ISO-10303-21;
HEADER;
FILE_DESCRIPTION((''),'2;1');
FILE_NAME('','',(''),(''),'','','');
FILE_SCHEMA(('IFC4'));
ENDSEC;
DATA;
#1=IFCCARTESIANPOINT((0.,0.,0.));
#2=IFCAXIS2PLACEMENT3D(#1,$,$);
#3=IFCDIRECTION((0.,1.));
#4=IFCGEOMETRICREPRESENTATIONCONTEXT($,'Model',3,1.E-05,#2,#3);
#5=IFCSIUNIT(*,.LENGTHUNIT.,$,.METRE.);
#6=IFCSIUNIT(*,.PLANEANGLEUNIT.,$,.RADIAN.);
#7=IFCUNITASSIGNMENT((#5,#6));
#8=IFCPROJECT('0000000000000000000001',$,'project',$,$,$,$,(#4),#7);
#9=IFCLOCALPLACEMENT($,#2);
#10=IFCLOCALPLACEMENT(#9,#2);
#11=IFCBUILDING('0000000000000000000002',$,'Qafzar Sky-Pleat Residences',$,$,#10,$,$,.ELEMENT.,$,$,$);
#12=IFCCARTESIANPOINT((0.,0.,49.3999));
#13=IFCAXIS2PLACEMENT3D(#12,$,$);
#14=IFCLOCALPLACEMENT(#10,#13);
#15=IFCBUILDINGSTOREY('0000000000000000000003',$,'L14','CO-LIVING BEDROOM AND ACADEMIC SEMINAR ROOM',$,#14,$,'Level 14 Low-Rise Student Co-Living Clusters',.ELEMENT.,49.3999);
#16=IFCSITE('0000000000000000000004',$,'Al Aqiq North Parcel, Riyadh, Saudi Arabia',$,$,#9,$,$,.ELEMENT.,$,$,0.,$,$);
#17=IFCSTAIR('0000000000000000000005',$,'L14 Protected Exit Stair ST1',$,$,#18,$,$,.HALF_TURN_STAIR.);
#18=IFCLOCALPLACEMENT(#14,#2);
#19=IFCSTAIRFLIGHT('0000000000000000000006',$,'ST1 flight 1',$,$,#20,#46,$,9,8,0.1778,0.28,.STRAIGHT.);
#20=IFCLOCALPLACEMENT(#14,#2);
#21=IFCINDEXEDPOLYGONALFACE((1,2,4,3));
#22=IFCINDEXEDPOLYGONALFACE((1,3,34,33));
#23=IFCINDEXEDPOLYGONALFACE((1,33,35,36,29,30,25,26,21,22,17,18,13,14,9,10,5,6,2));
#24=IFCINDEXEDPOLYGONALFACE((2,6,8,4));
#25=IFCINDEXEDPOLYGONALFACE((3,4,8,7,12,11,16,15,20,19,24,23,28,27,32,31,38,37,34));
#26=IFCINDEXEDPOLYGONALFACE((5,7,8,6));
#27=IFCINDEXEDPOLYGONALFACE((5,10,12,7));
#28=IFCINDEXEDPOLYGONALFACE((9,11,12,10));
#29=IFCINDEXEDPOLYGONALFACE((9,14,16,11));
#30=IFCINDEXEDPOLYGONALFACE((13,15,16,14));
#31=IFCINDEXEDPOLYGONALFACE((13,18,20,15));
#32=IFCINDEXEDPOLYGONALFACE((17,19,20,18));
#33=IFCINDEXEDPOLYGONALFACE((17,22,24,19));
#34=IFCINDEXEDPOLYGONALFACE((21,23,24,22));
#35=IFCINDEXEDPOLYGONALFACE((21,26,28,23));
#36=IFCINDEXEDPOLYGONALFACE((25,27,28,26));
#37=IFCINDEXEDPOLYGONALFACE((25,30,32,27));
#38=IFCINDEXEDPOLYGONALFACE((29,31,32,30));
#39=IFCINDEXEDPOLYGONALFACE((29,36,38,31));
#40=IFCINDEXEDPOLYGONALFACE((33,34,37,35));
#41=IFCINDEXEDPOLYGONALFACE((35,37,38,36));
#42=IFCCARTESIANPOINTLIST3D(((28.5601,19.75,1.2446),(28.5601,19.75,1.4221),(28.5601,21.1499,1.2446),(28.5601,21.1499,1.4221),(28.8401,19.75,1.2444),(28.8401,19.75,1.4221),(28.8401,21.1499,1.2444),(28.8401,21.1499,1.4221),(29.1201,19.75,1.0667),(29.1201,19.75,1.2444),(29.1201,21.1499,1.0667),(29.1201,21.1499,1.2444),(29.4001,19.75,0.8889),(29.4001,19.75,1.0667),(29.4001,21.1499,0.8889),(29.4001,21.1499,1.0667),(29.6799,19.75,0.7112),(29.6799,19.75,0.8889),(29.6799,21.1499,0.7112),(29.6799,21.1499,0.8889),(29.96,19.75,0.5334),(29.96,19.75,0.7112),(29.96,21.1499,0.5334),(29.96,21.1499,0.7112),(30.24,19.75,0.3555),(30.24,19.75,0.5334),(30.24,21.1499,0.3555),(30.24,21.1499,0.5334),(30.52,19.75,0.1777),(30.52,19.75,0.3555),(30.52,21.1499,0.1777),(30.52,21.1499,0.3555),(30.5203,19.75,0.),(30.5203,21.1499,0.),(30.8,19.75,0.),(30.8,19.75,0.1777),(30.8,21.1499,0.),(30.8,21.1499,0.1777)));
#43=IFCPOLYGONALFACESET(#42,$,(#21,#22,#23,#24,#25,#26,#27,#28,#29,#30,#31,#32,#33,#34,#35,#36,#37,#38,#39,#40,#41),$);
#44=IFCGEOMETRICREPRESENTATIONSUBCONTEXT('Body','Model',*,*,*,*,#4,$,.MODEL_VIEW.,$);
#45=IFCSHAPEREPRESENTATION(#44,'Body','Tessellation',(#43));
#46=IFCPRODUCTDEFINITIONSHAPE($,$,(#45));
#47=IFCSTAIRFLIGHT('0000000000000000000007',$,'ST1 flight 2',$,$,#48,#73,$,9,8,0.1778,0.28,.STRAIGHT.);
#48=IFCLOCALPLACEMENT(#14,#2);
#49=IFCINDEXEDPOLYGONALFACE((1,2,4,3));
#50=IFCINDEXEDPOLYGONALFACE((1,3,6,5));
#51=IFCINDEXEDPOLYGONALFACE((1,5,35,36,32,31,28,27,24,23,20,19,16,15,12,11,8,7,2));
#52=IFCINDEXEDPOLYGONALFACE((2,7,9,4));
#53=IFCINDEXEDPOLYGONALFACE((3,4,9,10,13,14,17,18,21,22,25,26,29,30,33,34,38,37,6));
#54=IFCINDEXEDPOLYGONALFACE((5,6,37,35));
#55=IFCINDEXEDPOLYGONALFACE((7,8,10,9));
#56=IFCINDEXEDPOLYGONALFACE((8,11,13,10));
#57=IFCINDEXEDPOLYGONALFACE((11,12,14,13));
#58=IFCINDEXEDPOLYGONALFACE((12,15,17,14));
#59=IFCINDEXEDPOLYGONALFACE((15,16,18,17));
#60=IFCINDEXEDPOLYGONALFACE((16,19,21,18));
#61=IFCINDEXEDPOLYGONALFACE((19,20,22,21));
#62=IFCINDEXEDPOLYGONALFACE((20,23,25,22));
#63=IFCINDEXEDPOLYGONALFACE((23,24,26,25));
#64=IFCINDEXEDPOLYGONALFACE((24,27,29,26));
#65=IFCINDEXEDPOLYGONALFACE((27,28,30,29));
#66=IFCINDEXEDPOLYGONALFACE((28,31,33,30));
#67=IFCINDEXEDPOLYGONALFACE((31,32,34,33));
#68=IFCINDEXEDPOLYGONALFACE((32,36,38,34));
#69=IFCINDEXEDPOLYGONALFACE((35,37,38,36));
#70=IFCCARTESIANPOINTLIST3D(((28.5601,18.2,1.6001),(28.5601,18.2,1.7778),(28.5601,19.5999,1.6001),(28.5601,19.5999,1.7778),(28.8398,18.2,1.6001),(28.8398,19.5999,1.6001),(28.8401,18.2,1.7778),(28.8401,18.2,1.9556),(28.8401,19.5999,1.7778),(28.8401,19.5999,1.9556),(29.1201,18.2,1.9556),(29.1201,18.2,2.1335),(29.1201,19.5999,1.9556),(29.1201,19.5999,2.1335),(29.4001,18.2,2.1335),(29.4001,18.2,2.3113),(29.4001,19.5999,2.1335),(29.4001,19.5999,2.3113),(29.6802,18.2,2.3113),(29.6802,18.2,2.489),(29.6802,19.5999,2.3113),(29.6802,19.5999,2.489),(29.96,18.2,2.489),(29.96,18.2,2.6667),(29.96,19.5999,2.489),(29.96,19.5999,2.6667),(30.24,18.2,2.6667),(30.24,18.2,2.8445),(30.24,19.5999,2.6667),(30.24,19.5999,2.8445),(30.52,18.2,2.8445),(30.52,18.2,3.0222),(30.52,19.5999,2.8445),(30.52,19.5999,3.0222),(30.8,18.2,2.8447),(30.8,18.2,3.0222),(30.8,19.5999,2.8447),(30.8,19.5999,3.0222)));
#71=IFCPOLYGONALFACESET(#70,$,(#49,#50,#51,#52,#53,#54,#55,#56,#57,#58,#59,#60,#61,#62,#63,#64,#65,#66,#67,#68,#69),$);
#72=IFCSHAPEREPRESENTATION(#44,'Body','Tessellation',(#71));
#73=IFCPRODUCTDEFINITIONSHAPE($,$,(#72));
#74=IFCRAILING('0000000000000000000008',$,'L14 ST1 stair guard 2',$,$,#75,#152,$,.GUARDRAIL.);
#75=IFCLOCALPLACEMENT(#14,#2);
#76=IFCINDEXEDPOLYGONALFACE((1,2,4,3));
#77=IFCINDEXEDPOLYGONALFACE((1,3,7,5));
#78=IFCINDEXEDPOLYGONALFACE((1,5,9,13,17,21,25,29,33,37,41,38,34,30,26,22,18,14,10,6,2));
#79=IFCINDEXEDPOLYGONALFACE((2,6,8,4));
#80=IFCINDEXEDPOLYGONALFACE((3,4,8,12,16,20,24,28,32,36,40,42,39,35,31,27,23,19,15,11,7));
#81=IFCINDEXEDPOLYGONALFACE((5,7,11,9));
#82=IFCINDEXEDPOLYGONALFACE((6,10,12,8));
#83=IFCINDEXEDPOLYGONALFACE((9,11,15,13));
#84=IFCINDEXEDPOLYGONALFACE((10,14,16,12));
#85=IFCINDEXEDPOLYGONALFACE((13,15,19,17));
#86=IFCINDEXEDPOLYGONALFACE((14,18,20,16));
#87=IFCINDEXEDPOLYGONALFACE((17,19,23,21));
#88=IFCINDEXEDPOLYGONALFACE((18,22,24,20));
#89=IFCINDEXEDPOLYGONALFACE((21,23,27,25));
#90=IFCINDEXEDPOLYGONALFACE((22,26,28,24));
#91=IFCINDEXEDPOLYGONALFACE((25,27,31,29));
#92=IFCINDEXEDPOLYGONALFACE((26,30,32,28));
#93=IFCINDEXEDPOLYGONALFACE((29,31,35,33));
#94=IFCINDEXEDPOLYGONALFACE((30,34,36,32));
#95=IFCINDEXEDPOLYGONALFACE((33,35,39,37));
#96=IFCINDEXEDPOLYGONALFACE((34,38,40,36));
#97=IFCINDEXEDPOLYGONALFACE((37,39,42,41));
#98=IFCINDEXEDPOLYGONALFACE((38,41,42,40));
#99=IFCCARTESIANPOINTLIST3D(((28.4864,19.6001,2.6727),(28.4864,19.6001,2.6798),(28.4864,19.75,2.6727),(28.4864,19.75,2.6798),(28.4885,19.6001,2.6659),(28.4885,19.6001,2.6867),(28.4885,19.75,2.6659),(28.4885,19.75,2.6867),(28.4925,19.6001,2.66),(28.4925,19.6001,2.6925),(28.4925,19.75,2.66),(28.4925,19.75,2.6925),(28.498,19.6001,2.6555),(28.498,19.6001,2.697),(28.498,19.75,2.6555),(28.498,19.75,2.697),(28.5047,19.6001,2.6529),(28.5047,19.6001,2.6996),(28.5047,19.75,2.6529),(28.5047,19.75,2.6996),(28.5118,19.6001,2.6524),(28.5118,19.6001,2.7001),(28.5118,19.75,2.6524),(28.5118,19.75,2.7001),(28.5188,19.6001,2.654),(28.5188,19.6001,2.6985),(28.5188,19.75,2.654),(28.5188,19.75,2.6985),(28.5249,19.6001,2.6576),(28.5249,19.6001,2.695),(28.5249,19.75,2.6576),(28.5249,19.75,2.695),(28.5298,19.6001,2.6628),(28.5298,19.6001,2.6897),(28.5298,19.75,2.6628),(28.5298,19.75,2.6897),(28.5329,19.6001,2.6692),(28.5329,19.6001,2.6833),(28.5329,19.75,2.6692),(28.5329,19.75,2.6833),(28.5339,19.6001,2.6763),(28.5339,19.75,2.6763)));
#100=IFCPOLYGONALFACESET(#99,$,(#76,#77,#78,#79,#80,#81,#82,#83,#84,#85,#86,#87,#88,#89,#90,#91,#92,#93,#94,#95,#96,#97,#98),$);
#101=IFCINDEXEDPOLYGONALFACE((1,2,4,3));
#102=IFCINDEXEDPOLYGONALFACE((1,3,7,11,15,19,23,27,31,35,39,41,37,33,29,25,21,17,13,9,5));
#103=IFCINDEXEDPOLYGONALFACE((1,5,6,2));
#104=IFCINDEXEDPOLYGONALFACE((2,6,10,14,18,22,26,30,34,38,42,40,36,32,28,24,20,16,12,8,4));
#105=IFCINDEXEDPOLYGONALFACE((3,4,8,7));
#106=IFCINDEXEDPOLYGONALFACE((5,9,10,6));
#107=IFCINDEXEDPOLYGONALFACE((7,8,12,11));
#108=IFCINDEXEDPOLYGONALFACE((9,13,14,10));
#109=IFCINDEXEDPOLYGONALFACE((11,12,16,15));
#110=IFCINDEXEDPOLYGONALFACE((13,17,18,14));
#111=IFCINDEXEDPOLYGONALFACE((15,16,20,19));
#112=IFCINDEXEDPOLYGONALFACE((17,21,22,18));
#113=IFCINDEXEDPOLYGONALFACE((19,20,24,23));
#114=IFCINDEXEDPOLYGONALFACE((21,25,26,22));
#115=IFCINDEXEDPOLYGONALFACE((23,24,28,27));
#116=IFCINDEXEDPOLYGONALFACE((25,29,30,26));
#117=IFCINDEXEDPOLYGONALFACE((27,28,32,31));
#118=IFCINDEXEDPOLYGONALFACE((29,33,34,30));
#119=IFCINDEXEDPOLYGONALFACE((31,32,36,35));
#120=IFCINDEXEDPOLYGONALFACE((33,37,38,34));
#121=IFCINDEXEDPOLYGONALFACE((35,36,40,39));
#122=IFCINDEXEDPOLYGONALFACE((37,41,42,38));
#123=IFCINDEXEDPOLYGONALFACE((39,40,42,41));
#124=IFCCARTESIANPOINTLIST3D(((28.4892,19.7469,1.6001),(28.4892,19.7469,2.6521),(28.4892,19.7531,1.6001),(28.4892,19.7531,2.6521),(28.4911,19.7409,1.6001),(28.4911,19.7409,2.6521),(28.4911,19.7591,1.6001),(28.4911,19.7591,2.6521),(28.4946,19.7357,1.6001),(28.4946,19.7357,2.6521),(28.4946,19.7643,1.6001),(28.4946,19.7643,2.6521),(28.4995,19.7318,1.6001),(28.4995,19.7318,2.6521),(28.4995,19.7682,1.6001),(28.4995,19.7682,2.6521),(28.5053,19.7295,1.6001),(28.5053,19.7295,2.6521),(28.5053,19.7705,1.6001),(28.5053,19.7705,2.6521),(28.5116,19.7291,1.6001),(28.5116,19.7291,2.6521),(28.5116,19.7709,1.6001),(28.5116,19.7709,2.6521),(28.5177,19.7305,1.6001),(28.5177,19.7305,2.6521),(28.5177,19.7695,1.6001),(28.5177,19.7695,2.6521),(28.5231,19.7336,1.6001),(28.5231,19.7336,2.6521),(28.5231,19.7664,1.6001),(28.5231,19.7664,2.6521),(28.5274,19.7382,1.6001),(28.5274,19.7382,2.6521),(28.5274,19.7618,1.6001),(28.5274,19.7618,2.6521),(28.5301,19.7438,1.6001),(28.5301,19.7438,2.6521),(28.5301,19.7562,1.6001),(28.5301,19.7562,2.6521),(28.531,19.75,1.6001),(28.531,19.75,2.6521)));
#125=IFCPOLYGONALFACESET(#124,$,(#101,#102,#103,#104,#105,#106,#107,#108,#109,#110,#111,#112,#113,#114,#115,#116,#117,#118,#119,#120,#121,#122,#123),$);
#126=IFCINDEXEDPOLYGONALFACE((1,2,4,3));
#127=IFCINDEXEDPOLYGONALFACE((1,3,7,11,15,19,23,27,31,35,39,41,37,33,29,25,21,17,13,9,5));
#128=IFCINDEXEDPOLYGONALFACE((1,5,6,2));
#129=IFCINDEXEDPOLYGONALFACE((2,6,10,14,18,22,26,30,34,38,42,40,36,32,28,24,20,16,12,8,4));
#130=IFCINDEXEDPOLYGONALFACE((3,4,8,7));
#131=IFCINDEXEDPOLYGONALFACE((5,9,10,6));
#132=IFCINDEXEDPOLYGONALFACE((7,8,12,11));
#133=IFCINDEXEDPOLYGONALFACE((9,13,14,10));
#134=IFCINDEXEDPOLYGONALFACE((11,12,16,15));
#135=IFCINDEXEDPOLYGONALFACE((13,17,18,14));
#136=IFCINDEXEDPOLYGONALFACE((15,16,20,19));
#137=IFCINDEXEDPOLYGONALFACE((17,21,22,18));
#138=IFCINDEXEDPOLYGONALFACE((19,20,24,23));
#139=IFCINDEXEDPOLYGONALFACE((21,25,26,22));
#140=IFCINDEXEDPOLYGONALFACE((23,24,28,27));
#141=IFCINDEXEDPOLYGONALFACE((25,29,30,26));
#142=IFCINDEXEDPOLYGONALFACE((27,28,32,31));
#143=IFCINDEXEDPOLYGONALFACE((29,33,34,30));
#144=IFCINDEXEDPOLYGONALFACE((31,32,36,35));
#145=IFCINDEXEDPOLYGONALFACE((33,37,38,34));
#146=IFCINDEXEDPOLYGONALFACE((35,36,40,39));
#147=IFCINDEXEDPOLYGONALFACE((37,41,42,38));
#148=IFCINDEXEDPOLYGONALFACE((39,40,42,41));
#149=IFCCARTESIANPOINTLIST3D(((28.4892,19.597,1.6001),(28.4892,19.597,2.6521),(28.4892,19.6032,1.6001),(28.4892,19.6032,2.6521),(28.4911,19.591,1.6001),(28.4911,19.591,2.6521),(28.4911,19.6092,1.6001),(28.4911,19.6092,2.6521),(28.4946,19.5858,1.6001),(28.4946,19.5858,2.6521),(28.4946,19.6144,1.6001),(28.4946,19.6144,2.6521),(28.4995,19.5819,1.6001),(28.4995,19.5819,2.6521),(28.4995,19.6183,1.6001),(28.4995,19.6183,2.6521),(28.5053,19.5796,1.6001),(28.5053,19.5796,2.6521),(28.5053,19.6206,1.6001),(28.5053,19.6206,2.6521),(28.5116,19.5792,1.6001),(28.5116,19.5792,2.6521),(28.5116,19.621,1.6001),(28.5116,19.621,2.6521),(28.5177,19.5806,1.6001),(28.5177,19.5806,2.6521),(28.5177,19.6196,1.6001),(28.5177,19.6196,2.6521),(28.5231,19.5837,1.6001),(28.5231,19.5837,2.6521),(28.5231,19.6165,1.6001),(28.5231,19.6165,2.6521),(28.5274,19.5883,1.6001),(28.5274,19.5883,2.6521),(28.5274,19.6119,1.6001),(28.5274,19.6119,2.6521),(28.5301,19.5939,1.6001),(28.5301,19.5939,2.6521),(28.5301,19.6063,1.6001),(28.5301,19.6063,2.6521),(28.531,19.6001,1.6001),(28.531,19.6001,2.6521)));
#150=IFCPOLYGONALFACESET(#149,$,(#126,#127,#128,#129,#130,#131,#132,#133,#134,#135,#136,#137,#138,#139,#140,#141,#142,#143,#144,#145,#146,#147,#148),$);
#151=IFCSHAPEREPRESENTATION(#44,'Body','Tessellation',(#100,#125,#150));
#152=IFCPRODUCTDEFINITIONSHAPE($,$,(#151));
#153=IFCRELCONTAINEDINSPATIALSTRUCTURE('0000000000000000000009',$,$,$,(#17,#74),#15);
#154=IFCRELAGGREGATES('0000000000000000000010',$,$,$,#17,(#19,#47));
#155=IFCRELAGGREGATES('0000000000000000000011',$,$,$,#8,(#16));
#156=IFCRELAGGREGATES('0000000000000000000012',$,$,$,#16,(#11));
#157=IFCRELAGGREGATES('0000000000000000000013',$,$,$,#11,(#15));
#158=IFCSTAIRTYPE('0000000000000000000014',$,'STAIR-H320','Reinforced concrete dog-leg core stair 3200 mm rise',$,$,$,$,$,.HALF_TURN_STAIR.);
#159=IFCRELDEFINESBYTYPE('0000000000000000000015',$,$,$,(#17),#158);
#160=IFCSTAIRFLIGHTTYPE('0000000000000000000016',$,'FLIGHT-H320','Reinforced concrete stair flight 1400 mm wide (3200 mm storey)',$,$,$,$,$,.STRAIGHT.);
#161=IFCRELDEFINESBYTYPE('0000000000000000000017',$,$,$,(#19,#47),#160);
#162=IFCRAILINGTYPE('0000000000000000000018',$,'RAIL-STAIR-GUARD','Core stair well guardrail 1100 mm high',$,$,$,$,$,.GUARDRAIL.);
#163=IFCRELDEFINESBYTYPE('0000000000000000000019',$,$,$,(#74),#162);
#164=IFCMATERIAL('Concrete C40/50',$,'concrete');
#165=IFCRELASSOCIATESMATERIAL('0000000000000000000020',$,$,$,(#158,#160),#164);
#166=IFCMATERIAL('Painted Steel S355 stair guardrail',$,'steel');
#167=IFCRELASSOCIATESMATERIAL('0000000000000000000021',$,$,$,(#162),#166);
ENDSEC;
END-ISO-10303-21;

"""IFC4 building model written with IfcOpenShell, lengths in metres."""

from ifc_helpers import new_model, si_unit, direction, frame, origin, origin_2d, place, context, subcontext, project, spatial, polyline, circle, outline, extrude, source, transform, mapped, material, type_object, element, aggregate, save


model = new_model("IFC4")

# Units and contexts
model_context = context("Model", 3, precision=1e-05, world=origin(), true_north=direction((0.0, 1.0)))
body_context = subcontext(model_context, "Body", "Model", "MODEL_VIEW")
ifc_project = project(units=[si_unit("LENGTHUNIT", "METRE"), si_unit("PLANEANGLEUNIT", "RADIAN")], contexts=[model_context])

# Site, building, storey
site_placement = place(None, origin())
site = spatial("IfcSite", under=ifc_project, at=site_placement, Name="Al Aqiq North Parcel, Riyadh, Saudi Arabia", CompositionType="ELEMENT", RefElevation=0.0)
building_placement = place(site_placement, origin())
building = spatial("IfcBuilding", under=site, at=building_placement, Name="Qafzar Sky-Pleat Residences", CompositionType="ELEMENT")
storey_placement = place(building_placement, frame((0.0, 0.0, 49.3999)))
storey = spatial("IfcBuildingStorey", under=building, at=storey_placement, Name="L14", Description="CO-LIVING BEDROOM AND ACADEMIC SEMINAR ROOM", LongName="Level 14 Low-Rise Student Co-Living Clusters", CompositionType="ELEMENT", Elevation=49.3999)

# Stair, stair flights
ifc_material_1 = material(Name="Concrete C40/50", Category="concrete")
stair_type = type_object("IfcStairType", Name="STAIR-H320", Description="Reinforced concrete dog-leg core stair 3200 mm rise", PredefinedType="HALF_TURN_STAIR", material=ifc_material_1)
stair_placement = place(storey_placement, origin())
stair = element("IfcStair", 1, at=stair_placement, inside=storey, type_object=stair_type, Name="L14 Protected Exit Stair ST1", PredefinedType="HALF_TURN_STAIR")
stair_flight_type = type_object("IfcStairFlightType", Name="FLIGHT-H320", Description="Reinforced concrete stair flight 1400 mm wide (3200 mm storey)", PredefinedType="STRAIGHT", material=ifc_material_1)
shared_shape_1 = source(origin(), body_context, "Body", "SweptSolid", [
    extrude(outline(polyline([(0.0, 0.0), (0.0, 0.1777), (0.28, 0.1777), (0.28, 0.3555), (0.5601, 0.3555), (0.5601, 0.5334), (0.8401, 0.5334), (0.8401, 0.7112), (1.1201, 0.7112), (1.1201, 0.8889), (1.3999, 0.8889), (1.3999, 1.0667), (1.6799, 1.0667), (1.6799, 1.2444), (1.96, 1.2444), (1.96, 1.4221), (2.24, 1.4221), (2.24, 1.6001), (2.24, 1.2446), (0.2798, 0.0), (0.0, 0.0)])), frame((0.0, 0.7, 0.0), z_axis=(0.0, -1.0, 0.0), x_axis=(1.0, 0.0, 0.0)), (0.0, 0.0, 1.0), 1.3999),
])
stair_flight_1_placement = place(storey_placement, frame((30.8, 20.45, 0.0), z_axis=(0.0, 0.0, 1.0), x_axis=(-1.0, 0.0, 0.0)))
stair_flight_1 = element("IfcStairFlight", 2, at=stair_flight_1_placement, type_object=stair_flight_type, Name="ST1 flight 1", NumberOfRisers=9, NumberOfTreads=8, PredefinedType="STRAIGHT", RiserHeight=0.1778, TreadLength=0.28, context=body_context, shape_type="MappedRepresentation", body=[
    mapped(shared_shape_1, transform((0.0, 0.0, 0.0), x_axis=(1.0, 0.0, 0.0), y_axis=(0.0, 1.0, 0.0), z_axis=(0.0, 0.0, 1.0), scale=1.0)),
])
stair_flight_2_placement = place(storey_placement, frame((28.5601, 18.8999, 1.6001), z_axis=(0.0, 0.0, 1.0), x_axis=(1.0, 0.0, 0.0)))
stair_flight_2 = element("IfcStairFlight", 3, at=stair_flight_2_placement, type_object=stair_flight_type, Name="ST1 flight 2", NumberOfRisers=9, NumberOfTreads=8, PredefinedType="STRAIGHT", RiserHeight=0.1778, TreadLength=0.28, context=body_context, shape_type="MappedRepresentation", body=[
    mapped(shared_shape_1, transform((0.0, 0.0, 0.0), x_axis=(1.0, 0.0, 0.0), y_axis=(0.0, 1.0, 0.0), z_axis=(0.0, 0.0, 1.0), scale=1.0)),
])
aggregate(stair, [stair_flight_1, stair_flight_2])

# Railing
ifc_material_2 = material(Name="Painted Steel S355 stair guardrail", Category="steel")
railing_type_1 = type_object("IfcRailingType", Name="RAIL-STAIR-GUARD", Description="Core stair well guardrail 1100 mm high", PredefinedType="GUARDRAIL", material=ifc_material_2)
shared_shape_2 = source(origin(), body_context, "Body", "SweptSolid", [
    extrude(circle(Radius=0.0239, at=origin_2d()), frame((0.0, 0.0, 1.0762), z_axis=(0.0, -1.0, 0.0), x_axis=(1.0, 0.0, 0.0)), (0.0, 0.0, 1.0), 0.1499),
    extrude(circle(Radius=0.021, at=origin_2d()), origin(), (0.0, 0.0, 1.0), 1.052),
    extrude(circle(Radius=0.021, at=origin_2d()), frame((0.0, -0.1499, 0.0)), (0.0, 0.0, 1.0), 1.052),
])
for number, where, name in (
    (4, (28.51, 19.75, 1.6001), "L14 ST1 stair guard 2"),
):
    element("IfcRailing", number, at=place(storey_placement, frame(where)), inside=storey, type_object=railing_type_1, Name=name, PredefinedType="GUARDRAIL", context=body_context, shape_type="MappedRepresentation", body=[
        mapped(shared_shape_2, transform((0.0, 0.0, 0.0), x_axis=(1.0, 0.0, 0.0), y_axis=(0.0, 1.0, 0.0), z_axis=(0.0, 0.0, 1.0), scale=1.0)),
    ])

save(model, "model.ifc")
